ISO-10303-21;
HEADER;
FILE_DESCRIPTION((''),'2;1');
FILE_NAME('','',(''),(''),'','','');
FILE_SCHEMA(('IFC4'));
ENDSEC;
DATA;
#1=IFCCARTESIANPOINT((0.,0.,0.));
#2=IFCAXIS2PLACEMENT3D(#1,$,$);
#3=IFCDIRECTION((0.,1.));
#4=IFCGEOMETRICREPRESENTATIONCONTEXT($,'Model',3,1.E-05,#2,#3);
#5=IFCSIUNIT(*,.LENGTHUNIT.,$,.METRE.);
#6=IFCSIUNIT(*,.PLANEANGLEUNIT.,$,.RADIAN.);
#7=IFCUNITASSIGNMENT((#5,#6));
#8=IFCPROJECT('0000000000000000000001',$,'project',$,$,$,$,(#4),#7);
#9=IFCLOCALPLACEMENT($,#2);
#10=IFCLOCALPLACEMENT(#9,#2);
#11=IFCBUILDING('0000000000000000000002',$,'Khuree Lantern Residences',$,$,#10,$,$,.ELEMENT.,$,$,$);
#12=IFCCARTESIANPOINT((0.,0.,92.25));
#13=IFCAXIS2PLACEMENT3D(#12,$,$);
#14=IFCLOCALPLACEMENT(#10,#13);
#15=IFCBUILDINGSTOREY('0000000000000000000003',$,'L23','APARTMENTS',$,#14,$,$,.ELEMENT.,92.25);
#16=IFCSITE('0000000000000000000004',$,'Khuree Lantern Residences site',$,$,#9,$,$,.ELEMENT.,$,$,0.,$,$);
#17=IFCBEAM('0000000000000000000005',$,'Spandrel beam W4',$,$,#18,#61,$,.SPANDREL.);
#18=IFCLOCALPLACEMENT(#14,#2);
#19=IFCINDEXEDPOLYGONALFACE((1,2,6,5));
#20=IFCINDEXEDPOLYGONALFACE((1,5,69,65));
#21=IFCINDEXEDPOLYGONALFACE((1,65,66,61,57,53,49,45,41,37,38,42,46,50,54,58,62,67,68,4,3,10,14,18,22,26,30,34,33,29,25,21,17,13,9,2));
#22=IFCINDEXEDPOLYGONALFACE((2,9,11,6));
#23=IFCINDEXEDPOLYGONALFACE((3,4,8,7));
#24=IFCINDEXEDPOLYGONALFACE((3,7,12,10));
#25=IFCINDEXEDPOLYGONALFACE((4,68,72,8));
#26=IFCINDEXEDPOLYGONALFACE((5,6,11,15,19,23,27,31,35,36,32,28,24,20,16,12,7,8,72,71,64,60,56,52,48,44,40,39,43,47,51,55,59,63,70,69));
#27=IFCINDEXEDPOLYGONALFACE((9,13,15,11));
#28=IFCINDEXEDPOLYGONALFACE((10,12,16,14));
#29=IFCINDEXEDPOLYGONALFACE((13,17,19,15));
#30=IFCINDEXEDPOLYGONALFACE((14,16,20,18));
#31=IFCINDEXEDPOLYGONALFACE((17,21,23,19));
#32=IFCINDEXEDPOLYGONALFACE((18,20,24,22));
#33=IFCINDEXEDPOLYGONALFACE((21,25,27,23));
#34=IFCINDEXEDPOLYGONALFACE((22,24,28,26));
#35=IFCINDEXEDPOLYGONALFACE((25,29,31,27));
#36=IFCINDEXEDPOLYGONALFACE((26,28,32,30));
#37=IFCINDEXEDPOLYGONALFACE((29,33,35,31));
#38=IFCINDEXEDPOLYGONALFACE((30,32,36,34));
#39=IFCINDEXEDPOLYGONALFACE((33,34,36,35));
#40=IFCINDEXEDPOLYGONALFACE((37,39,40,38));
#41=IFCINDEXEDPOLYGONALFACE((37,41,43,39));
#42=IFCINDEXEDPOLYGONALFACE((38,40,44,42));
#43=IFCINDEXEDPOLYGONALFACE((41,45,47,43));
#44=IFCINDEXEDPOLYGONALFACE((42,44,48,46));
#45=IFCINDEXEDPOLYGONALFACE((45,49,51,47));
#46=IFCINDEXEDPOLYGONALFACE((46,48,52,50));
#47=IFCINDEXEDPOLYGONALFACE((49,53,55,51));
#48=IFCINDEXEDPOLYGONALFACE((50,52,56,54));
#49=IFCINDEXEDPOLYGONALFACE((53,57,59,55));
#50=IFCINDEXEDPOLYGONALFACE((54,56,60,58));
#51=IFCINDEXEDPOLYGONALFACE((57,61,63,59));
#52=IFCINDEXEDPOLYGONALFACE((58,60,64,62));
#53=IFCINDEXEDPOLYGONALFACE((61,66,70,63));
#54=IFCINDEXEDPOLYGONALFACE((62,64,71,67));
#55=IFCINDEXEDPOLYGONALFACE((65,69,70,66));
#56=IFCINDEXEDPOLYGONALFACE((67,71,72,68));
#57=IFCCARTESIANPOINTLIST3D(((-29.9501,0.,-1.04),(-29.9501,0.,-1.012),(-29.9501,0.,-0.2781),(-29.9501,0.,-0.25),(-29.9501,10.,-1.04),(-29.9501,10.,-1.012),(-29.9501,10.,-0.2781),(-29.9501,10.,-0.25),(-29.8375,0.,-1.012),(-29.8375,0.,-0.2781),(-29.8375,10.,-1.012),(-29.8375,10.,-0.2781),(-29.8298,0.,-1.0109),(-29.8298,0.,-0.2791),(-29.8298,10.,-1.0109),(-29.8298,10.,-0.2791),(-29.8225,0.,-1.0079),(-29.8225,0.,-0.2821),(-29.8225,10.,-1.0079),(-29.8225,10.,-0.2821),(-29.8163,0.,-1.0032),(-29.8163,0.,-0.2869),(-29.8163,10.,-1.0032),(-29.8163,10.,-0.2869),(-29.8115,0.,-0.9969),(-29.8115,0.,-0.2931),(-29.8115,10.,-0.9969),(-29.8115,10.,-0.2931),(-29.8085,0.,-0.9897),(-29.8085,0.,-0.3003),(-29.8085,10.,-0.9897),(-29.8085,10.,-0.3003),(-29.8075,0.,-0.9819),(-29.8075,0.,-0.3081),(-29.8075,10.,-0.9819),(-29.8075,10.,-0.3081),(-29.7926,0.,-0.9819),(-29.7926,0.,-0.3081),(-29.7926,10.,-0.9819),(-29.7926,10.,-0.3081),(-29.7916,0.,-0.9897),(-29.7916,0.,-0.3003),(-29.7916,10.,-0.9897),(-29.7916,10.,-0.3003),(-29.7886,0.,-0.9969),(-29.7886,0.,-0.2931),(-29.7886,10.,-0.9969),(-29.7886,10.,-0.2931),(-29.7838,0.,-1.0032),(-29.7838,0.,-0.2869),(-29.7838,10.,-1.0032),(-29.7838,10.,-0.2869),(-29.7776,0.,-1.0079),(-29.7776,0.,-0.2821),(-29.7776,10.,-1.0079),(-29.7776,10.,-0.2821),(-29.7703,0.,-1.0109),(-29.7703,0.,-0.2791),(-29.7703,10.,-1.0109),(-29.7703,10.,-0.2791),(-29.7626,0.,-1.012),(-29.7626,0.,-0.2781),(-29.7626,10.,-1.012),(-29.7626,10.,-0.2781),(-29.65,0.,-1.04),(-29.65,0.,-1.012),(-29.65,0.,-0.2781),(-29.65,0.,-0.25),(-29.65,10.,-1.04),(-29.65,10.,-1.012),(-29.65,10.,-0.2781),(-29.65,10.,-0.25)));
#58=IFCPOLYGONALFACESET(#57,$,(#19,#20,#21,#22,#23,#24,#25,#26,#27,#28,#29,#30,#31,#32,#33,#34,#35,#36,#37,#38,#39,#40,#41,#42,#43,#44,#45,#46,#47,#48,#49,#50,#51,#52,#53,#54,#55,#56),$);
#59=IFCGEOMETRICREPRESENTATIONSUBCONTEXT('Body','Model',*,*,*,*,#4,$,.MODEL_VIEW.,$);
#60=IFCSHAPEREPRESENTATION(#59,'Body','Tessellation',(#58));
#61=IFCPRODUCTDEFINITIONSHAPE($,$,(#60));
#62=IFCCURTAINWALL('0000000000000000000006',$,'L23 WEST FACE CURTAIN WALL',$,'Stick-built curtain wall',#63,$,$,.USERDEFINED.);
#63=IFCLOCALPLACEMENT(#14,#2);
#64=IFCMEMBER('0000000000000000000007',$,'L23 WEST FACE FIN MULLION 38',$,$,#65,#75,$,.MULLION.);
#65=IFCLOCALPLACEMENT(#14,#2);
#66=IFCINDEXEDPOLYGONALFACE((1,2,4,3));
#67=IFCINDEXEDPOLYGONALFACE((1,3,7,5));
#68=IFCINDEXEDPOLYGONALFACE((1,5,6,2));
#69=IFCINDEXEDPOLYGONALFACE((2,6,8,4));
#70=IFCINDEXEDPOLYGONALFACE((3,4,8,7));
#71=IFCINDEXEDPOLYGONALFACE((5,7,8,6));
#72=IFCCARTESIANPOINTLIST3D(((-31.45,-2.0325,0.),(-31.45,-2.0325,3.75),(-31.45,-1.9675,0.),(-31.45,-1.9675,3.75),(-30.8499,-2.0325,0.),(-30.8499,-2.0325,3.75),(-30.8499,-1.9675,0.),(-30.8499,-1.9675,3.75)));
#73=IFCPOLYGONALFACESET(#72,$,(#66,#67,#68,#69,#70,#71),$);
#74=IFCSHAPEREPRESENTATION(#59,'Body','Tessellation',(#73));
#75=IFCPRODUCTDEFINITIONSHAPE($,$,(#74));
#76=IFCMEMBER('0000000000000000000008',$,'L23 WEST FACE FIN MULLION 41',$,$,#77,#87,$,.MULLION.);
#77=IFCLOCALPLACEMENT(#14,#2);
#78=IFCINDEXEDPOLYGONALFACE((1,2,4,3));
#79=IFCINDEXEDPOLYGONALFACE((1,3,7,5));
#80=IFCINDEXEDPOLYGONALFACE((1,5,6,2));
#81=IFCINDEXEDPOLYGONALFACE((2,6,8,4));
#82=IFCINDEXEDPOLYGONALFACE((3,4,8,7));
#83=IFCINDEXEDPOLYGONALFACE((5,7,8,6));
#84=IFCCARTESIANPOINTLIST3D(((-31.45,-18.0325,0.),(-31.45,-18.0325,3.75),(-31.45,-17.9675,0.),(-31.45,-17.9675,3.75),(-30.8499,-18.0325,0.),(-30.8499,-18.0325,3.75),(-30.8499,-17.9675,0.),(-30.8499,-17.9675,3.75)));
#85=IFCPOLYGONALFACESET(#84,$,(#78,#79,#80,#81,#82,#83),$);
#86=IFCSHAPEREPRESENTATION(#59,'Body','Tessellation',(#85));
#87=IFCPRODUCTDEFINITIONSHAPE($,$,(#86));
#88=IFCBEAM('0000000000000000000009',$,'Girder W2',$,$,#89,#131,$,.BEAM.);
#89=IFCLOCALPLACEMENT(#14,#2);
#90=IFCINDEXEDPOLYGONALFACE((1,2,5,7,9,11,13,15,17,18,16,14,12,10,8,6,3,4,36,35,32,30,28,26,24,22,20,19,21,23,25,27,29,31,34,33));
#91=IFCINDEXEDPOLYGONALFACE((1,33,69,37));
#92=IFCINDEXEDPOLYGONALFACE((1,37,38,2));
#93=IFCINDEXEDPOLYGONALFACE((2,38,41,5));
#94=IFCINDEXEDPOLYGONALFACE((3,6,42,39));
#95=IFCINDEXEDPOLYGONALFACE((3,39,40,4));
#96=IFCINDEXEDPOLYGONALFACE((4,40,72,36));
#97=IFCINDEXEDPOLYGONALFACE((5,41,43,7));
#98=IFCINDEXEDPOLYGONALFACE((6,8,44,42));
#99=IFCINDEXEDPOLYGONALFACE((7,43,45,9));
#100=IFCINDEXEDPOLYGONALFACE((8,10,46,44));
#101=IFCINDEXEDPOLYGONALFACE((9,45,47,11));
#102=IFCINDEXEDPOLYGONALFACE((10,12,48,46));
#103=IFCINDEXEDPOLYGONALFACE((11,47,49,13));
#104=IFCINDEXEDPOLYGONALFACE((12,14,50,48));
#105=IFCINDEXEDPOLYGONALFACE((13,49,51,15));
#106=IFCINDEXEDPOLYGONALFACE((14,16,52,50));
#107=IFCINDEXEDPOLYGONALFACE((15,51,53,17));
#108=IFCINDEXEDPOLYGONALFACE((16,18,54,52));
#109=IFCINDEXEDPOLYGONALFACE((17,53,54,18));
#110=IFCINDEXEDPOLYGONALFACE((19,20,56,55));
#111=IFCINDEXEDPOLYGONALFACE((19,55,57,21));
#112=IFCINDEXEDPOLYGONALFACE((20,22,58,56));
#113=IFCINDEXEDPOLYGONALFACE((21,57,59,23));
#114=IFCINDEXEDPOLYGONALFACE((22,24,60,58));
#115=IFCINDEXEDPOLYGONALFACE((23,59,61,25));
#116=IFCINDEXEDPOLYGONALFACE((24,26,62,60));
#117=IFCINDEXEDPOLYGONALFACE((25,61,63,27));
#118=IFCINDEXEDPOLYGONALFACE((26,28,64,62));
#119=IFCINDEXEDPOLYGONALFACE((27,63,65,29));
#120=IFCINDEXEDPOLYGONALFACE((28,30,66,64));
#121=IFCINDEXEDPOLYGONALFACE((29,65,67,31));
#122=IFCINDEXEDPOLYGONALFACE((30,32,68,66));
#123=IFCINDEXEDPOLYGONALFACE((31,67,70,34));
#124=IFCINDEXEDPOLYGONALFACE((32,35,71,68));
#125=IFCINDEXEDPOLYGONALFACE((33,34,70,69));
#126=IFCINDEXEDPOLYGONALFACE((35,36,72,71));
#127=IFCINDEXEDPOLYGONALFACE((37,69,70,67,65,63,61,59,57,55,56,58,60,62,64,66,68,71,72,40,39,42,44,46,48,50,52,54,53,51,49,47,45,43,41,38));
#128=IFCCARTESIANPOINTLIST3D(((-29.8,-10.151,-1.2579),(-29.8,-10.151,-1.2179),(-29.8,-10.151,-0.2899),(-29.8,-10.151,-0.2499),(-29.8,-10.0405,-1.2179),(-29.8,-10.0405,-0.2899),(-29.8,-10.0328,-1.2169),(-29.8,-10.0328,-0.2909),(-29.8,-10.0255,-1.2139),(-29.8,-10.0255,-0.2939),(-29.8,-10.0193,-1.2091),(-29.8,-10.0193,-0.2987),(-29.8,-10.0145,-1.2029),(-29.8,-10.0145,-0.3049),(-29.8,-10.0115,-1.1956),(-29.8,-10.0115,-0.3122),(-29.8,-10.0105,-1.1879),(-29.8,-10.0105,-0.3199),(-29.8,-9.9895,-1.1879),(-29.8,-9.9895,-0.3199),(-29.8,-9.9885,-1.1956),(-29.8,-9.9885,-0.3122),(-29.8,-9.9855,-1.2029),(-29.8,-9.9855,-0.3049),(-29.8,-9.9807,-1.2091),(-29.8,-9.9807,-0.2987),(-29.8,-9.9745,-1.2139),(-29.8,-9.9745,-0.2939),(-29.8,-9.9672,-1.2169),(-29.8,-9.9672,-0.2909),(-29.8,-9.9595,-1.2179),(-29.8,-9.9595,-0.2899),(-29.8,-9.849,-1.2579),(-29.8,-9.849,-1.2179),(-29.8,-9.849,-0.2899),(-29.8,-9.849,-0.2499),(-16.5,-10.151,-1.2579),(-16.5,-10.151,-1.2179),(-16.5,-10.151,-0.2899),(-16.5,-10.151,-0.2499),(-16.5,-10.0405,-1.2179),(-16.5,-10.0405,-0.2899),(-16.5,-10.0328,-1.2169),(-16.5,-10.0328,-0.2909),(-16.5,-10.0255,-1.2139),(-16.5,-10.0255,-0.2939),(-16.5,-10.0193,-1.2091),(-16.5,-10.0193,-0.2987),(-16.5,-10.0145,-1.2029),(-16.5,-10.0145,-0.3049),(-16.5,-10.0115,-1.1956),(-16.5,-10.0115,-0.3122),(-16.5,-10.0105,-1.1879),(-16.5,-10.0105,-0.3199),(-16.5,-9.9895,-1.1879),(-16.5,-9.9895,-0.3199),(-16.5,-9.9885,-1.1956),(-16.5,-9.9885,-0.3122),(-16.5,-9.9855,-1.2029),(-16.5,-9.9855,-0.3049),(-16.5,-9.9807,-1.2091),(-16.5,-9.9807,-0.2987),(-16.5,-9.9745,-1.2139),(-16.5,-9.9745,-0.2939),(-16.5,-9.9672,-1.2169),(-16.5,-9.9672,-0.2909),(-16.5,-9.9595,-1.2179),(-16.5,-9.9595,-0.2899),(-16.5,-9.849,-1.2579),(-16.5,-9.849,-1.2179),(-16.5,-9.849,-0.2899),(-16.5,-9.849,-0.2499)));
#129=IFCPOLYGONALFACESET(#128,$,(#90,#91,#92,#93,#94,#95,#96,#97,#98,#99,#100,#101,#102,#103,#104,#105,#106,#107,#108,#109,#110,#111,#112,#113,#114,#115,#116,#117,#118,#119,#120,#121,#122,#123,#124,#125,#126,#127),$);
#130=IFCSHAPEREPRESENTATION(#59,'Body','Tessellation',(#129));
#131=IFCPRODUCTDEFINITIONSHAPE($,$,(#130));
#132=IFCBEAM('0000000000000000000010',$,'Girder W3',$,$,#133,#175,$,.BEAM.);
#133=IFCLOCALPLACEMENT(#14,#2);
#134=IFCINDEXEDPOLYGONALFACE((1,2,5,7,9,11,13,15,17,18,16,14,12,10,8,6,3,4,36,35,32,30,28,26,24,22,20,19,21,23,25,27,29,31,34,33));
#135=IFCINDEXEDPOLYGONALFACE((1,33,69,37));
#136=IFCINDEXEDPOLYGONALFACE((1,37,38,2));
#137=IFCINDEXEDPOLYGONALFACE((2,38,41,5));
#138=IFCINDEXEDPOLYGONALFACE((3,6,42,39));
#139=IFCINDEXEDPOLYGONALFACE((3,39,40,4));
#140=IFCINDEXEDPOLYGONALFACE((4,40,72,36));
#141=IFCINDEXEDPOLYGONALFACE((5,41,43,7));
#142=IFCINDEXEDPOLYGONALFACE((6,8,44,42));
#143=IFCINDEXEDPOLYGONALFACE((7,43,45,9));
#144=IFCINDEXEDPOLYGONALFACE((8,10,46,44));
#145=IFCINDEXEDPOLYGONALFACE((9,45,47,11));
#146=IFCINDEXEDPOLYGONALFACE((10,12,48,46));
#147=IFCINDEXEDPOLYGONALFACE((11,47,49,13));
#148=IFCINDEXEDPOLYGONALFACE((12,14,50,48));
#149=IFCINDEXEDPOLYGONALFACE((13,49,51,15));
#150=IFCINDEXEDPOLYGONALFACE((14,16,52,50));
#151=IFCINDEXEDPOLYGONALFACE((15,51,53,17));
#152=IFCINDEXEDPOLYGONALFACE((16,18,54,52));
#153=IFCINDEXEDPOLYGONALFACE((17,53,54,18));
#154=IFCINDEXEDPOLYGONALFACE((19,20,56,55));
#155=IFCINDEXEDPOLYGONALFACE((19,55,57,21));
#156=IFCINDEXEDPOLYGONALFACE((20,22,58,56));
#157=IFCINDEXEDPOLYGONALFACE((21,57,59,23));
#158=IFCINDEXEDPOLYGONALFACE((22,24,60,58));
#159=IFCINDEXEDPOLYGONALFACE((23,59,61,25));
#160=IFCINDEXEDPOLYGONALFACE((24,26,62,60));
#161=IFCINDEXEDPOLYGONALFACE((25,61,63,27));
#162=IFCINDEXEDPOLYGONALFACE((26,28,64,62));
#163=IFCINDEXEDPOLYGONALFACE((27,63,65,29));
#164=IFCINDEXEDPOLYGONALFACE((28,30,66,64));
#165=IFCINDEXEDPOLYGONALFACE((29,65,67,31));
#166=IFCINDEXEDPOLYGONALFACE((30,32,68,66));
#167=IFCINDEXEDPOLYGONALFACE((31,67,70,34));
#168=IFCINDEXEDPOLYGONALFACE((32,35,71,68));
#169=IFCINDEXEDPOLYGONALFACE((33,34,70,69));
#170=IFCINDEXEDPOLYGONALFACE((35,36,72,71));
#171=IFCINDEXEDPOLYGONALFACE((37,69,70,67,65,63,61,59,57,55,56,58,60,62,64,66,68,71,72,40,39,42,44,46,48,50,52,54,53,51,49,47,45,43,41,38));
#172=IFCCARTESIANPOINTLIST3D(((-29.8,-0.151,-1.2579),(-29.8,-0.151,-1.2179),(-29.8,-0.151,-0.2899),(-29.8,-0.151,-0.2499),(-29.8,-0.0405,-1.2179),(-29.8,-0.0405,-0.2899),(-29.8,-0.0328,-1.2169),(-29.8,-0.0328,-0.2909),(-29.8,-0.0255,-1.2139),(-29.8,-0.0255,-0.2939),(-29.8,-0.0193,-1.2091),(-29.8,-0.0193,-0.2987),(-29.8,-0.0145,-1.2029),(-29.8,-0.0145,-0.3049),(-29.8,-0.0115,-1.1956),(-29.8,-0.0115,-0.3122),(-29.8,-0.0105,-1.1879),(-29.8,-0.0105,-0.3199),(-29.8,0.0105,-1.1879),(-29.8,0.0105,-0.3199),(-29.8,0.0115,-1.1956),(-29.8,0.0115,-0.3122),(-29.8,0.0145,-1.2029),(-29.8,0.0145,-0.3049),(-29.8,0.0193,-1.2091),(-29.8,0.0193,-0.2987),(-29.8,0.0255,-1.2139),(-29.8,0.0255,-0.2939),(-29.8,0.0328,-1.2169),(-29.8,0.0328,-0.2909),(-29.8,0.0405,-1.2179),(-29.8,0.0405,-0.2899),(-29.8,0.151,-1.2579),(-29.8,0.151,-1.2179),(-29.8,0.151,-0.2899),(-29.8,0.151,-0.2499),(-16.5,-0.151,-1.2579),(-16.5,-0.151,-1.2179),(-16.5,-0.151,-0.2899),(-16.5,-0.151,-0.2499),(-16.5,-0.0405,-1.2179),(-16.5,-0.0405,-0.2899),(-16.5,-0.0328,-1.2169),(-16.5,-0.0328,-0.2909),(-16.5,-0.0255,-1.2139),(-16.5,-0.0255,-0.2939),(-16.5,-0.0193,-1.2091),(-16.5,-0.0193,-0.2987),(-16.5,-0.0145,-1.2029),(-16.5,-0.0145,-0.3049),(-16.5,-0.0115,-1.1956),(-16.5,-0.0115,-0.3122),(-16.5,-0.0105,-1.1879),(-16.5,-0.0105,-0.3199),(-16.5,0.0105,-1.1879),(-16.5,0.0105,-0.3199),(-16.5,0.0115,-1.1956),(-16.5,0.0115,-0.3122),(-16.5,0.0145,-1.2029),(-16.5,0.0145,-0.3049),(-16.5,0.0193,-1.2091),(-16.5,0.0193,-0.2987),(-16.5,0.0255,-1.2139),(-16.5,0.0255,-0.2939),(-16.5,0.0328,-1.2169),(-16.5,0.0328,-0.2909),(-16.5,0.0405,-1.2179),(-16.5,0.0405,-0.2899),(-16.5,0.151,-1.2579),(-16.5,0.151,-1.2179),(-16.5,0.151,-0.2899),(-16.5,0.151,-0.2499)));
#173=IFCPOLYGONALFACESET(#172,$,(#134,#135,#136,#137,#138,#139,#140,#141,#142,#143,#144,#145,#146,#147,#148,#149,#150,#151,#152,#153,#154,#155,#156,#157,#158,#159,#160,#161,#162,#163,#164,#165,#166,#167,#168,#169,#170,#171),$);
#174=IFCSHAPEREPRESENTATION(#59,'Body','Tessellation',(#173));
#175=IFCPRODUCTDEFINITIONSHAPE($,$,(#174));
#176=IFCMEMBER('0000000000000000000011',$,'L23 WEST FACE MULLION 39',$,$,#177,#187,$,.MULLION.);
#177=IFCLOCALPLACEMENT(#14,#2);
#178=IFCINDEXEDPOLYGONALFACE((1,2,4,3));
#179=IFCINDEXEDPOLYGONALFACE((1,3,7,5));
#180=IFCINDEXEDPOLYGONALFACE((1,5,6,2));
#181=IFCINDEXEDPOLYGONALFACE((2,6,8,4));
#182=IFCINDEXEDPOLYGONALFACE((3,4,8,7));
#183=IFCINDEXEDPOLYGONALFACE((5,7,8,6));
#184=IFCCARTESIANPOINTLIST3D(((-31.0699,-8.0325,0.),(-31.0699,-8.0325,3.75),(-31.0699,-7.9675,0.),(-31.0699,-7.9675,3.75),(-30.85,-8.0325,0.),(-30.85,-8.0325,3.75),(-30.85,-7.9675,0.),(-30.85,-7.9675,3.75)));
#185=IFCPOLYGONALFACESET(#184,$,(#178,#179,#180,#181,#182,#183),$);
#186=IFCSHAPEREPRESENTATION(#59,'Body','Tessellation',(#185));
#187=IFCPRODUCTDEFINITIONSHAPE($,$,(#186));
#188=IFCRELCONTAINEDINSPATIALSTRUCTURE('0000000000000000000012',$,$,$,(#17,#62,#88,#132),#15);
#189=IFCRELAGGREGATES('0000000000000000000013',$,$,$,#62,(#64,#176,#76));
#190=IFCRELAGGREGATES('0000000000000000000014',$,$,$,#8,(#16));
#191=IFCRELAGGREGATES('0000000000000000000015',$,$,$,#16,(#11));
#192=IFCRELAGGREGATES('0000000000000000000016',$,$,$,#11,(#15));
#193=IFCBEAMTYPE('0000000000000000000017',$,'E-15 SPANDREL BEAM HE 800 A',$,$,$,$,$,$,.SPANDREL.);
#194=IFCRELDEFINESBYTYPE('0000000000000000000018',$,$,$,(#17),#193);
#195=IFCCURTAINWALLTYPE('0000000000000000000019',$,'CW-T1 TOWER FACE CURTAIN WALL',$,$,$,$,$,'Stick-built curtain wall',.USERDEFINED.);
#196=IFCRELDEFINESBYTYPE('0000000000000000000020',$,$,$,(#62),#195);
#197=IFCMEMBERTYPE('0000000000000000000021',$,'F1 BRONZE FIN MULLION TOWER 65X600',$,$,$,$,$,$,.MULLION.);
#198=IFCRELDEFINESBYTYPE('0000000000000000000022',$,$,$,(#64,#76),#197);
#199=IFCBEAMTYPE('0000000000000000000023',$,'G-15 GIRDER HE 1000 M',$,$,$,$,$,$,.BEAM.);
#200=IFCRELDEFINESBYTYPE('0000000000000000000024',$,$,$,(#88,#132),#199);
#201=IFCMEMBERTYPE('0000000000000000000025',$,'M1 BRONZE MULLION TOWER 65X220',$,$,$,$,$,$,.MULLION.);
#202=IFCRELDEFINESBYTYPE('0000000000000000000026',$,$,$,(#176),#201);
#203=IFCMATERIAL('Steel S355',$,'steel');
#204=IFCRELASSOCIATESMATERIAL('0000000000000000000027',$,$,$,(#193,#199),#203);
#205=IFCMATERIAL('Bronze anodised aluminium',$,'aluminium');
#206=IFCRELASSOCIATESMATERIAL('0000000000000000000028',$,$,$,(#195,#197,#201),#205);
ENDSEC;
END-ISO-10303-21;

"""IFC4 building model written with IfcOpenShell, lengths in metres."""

from ifc_helpers import new_model, si_unit, direction, frame, origin, origin_2d, place, context, subcontext, project, spatial, rectangle, i_section, extrude, material, material_profile, profile_set, type_object, element, aggregate, save


model = new_model("IFC4")

# Units and contexts
model_context = context("Model", 3, precision=1e-05, world=origin(), true_north=direction((0.0, 1.0)))
body_context = subcontext(model_context, "Body", "Model", "MODEL_VIEW")
ifc_project = project(units=[si_unit("LENGTHUNIT", "METRE"), si_unit("PLANEANGLEUNIT", "RADIAN")], contexts=[model_context])

# Site, building, storey
site_placement = place(None, origin())
site = spatial("IfcSite", under=ifc_project, at=site_placement, Name="Khuree Lantern Residences site", CompositionType="ELEMENT", RefElevation=0.0)
building_placement = place(site_placement, origin())
building = spatial("IfcBuilding", under=site, at=building_placement, Name="Khuree Lantern Residences", CompositionType="ELEMENT")
storey_placement = place(building_placement, frame((0.0, 0.0, 92.25)))
storey = spatial("IfcBuildingStorey", under=building, at=storey_placement, Name="L23", Description="APARTMENTS", CompositionType="ELEMENT", Elevation=92.25)

# Beam
ifc_material_1 = material(Name="Steel S355", Category="steel")
ifc_material_profile_1 = material_profile(ifc_material_1, i_section(OverallWidth=0.3, OverallDepth=0.79, WebThickness=0.0149, FlangeThickness=0.0281, FilletRadius=0.03, at=origin_2d()), Name="HE 800 A")
ifc_profile_set_1 = profile_set([ifc_material_profile_1], Name="Steel S355")
beam_type_1 = type_object("IfcBeamType", Name="E-15 SPANDREL BEAM HE 800 A", PredefinedType="SPANDREL", material=ifc_profile_set_1)
for number, where, z_axis, x_axis, name in (
    (1, (-29.8, 0.0, -0.645), (0.0, 1.0, 0.0), (-1.0, 0.0, 0.0), "Spandrel beam W4"),
):
    element("IfcBeam", number, at=place(storey_placement, frame(where, z_axis=z_axis, x_axis=x_axis)), inside=storey, type_object=beam_type_1, Name=name, PredefinedType="SPANDREL", context=body_context, shape_type="SweptSolid", body=[
        extrude(i_section(OverallWidth=0.3, OverallDepth=0.79, WebThickness=0.0149, FlangeThickness=0.0281, FilletRadius=0.03, at=origin_2d()), origin(), (0.0, 0.0, 1.0), 10.0),
    ])

# Curtain wall, members
ifc_material_2 = material(Name="Bronze anodised aluminium", Category="aluminium")
curtain_wall_type = type_object("IfcCurtainWallType", Name="CW-T1 TOWER FACE CURTAIN WALL", ElementType="Stick-built curtain wall", PredefinedType="USERDEFINED", material=ifc_material_2)
curtain_wall_placement = place(storey_placement, origin())
curtain_wall = element("IfcCurtainWall", 2, at=curtain_wall_placement, inside=storey, type_object=curtain_wall_type, Name="L23 WEST FACE CURTAIN WALL", ObjectType="Stick-built curtain wall", PredefinedType="USERDEFINED")
ifc_material_profile_2 = material_profile(ifc_material_2, rectangle(XDim=0.0649, YDim=0.6001, at=origin_2d()), Name="F1 65X600")
ifc_profile_set_2 = profile_set([ifc_material_profile_2], Name="Bronze anodised aluminium")
member_type_1 = type_object("IfcMemberType", Name="F1 BRONZE FIN MULLION TOWER 65X600", PredefinedType="MULLION", material=ifc_profile_set_2)
member_1_placement = place(storey_placement, frame((-31.1499, -2.0, 0.0), z_axis=(0.0, 0.0, 1.0), x_axis=(0.0, -1.0, 0.0)))
member_1 = element("IfcMember", 3, at=member_1_placement, type_object=member_type_1, Name="L23 WEST FACE FIN MULLION 38", PredefinedType="MULLION", context=body_context, shape_type="SweptSolid", body=[
    extrude(rectangle(XDim=0.0649, YDim=0.6001, at=origin_2d()), origin(), (0.0, 0.0, 1.0), 3.75),
])
member_2_placement = place(storey_placement, frame((-31.1499, -18.0, 0.0), z_axis=(0.0, 0.0, 1.0), x_axis=(0.0, -1.0, 0.0)))
member_2 = element("IfcMember", 4, at=member_2_placement, type_object=member_type_1, Name="L23 WEST FACE FIN MULLION 41", PredefinedType="MULLION", context=body_context, shape_type="SweptSolid", body=[
    extrude(rectangle(XDim=0.0649, YDim=0.6001, at=origin_2d()), origin(), (0.0, 0.0, 1.0), 3.75),
])

# Beams
ifc_material_profile_3 = material_profile(ifc_material_1, i_section(OverallWidth=0.302, OverallDepth=1.0081, WebThickness=0.021, FlangeThickness=0.04, FilletRadius=0.03, at=origin_2d()), Name="HE 1000 M")
ifc_profile_set_3 = profile_set([ifc_material_profile_3], Name="Steel S355")
beam_type_2 = type_object("IfcBeamType", Name="G-15 GIRDER HE 1000 M", PredefinedType="BEAM", material=ifc_profile_set_3)
for number, where, z_axis, x_axis, name in (
    (5, (-29.8, -10.0, -0.7539), (1.0, 0.0, 0.0), (0.0, 1.0, 0.0), "Girder W2"),
    (6, (-29.8, 0.0, -0.7539), (1.0, 0.0, 0.0), (0.0, 1.0, 0.0), "Girder W3"),
):
    element("IfcBeam", number, at=place(storey_placement, frame(where, z_axis=z_axis, x_axis=x_axis)), inside=storey, type_object=beam_type_2, Name=name, PredefinedType="BEAM", context=body_context, shape_type="SweptSolid", body=[
        extrude(i_section(OverallWidth=0.302, OverallDepth=1.0081, WebThickness=0.021, FlangeThickness=0.04, FilletRadius=0.03, at=origin_2d()), origin(), (0.0, 0.0, 1.0), 13.3),
    ])

# Member
ifc_material_profile_4 = material_profile(ifc_material_2, rectangle(XDim=0.0649, YDim=0.22, at=origin_2d()), Name="M1 65X220")
ifc_profile_set_4 = profile_set([ifc_material_profile_4], Name="Bronze anodised aluminium")
member_type_2 = type_object("IfcMemberType", Name="M1 BRONZE MULLION TOWER 65X220", PredefinedType="MULLION", material=ifc_profile_set_4)
member_3_placement = place(storey_placement, frame((-30.96, -8.0, 0.0), z_axis=(0.0, 0.0, 1.0), x_axis=(0.0, -1.0, 0.0)))
member_3 = element("IfcMember", 7, at=member_3_placement, type_object=member_type_2, Name="L23 WEST FACE MULLION 39", PredefinedType="MULLION", context=body_context, shape_type="SweptSolid", body=[
    extrude(rectangle(XDim=0.0649, YDim=0.22, at=origin_2d()), origin(), (0.0, 0.0, 1.0), 3.75),
])

aggregate(curtain_wall, [member_1, member_3, member_2])

save(model, "model.ifc")
